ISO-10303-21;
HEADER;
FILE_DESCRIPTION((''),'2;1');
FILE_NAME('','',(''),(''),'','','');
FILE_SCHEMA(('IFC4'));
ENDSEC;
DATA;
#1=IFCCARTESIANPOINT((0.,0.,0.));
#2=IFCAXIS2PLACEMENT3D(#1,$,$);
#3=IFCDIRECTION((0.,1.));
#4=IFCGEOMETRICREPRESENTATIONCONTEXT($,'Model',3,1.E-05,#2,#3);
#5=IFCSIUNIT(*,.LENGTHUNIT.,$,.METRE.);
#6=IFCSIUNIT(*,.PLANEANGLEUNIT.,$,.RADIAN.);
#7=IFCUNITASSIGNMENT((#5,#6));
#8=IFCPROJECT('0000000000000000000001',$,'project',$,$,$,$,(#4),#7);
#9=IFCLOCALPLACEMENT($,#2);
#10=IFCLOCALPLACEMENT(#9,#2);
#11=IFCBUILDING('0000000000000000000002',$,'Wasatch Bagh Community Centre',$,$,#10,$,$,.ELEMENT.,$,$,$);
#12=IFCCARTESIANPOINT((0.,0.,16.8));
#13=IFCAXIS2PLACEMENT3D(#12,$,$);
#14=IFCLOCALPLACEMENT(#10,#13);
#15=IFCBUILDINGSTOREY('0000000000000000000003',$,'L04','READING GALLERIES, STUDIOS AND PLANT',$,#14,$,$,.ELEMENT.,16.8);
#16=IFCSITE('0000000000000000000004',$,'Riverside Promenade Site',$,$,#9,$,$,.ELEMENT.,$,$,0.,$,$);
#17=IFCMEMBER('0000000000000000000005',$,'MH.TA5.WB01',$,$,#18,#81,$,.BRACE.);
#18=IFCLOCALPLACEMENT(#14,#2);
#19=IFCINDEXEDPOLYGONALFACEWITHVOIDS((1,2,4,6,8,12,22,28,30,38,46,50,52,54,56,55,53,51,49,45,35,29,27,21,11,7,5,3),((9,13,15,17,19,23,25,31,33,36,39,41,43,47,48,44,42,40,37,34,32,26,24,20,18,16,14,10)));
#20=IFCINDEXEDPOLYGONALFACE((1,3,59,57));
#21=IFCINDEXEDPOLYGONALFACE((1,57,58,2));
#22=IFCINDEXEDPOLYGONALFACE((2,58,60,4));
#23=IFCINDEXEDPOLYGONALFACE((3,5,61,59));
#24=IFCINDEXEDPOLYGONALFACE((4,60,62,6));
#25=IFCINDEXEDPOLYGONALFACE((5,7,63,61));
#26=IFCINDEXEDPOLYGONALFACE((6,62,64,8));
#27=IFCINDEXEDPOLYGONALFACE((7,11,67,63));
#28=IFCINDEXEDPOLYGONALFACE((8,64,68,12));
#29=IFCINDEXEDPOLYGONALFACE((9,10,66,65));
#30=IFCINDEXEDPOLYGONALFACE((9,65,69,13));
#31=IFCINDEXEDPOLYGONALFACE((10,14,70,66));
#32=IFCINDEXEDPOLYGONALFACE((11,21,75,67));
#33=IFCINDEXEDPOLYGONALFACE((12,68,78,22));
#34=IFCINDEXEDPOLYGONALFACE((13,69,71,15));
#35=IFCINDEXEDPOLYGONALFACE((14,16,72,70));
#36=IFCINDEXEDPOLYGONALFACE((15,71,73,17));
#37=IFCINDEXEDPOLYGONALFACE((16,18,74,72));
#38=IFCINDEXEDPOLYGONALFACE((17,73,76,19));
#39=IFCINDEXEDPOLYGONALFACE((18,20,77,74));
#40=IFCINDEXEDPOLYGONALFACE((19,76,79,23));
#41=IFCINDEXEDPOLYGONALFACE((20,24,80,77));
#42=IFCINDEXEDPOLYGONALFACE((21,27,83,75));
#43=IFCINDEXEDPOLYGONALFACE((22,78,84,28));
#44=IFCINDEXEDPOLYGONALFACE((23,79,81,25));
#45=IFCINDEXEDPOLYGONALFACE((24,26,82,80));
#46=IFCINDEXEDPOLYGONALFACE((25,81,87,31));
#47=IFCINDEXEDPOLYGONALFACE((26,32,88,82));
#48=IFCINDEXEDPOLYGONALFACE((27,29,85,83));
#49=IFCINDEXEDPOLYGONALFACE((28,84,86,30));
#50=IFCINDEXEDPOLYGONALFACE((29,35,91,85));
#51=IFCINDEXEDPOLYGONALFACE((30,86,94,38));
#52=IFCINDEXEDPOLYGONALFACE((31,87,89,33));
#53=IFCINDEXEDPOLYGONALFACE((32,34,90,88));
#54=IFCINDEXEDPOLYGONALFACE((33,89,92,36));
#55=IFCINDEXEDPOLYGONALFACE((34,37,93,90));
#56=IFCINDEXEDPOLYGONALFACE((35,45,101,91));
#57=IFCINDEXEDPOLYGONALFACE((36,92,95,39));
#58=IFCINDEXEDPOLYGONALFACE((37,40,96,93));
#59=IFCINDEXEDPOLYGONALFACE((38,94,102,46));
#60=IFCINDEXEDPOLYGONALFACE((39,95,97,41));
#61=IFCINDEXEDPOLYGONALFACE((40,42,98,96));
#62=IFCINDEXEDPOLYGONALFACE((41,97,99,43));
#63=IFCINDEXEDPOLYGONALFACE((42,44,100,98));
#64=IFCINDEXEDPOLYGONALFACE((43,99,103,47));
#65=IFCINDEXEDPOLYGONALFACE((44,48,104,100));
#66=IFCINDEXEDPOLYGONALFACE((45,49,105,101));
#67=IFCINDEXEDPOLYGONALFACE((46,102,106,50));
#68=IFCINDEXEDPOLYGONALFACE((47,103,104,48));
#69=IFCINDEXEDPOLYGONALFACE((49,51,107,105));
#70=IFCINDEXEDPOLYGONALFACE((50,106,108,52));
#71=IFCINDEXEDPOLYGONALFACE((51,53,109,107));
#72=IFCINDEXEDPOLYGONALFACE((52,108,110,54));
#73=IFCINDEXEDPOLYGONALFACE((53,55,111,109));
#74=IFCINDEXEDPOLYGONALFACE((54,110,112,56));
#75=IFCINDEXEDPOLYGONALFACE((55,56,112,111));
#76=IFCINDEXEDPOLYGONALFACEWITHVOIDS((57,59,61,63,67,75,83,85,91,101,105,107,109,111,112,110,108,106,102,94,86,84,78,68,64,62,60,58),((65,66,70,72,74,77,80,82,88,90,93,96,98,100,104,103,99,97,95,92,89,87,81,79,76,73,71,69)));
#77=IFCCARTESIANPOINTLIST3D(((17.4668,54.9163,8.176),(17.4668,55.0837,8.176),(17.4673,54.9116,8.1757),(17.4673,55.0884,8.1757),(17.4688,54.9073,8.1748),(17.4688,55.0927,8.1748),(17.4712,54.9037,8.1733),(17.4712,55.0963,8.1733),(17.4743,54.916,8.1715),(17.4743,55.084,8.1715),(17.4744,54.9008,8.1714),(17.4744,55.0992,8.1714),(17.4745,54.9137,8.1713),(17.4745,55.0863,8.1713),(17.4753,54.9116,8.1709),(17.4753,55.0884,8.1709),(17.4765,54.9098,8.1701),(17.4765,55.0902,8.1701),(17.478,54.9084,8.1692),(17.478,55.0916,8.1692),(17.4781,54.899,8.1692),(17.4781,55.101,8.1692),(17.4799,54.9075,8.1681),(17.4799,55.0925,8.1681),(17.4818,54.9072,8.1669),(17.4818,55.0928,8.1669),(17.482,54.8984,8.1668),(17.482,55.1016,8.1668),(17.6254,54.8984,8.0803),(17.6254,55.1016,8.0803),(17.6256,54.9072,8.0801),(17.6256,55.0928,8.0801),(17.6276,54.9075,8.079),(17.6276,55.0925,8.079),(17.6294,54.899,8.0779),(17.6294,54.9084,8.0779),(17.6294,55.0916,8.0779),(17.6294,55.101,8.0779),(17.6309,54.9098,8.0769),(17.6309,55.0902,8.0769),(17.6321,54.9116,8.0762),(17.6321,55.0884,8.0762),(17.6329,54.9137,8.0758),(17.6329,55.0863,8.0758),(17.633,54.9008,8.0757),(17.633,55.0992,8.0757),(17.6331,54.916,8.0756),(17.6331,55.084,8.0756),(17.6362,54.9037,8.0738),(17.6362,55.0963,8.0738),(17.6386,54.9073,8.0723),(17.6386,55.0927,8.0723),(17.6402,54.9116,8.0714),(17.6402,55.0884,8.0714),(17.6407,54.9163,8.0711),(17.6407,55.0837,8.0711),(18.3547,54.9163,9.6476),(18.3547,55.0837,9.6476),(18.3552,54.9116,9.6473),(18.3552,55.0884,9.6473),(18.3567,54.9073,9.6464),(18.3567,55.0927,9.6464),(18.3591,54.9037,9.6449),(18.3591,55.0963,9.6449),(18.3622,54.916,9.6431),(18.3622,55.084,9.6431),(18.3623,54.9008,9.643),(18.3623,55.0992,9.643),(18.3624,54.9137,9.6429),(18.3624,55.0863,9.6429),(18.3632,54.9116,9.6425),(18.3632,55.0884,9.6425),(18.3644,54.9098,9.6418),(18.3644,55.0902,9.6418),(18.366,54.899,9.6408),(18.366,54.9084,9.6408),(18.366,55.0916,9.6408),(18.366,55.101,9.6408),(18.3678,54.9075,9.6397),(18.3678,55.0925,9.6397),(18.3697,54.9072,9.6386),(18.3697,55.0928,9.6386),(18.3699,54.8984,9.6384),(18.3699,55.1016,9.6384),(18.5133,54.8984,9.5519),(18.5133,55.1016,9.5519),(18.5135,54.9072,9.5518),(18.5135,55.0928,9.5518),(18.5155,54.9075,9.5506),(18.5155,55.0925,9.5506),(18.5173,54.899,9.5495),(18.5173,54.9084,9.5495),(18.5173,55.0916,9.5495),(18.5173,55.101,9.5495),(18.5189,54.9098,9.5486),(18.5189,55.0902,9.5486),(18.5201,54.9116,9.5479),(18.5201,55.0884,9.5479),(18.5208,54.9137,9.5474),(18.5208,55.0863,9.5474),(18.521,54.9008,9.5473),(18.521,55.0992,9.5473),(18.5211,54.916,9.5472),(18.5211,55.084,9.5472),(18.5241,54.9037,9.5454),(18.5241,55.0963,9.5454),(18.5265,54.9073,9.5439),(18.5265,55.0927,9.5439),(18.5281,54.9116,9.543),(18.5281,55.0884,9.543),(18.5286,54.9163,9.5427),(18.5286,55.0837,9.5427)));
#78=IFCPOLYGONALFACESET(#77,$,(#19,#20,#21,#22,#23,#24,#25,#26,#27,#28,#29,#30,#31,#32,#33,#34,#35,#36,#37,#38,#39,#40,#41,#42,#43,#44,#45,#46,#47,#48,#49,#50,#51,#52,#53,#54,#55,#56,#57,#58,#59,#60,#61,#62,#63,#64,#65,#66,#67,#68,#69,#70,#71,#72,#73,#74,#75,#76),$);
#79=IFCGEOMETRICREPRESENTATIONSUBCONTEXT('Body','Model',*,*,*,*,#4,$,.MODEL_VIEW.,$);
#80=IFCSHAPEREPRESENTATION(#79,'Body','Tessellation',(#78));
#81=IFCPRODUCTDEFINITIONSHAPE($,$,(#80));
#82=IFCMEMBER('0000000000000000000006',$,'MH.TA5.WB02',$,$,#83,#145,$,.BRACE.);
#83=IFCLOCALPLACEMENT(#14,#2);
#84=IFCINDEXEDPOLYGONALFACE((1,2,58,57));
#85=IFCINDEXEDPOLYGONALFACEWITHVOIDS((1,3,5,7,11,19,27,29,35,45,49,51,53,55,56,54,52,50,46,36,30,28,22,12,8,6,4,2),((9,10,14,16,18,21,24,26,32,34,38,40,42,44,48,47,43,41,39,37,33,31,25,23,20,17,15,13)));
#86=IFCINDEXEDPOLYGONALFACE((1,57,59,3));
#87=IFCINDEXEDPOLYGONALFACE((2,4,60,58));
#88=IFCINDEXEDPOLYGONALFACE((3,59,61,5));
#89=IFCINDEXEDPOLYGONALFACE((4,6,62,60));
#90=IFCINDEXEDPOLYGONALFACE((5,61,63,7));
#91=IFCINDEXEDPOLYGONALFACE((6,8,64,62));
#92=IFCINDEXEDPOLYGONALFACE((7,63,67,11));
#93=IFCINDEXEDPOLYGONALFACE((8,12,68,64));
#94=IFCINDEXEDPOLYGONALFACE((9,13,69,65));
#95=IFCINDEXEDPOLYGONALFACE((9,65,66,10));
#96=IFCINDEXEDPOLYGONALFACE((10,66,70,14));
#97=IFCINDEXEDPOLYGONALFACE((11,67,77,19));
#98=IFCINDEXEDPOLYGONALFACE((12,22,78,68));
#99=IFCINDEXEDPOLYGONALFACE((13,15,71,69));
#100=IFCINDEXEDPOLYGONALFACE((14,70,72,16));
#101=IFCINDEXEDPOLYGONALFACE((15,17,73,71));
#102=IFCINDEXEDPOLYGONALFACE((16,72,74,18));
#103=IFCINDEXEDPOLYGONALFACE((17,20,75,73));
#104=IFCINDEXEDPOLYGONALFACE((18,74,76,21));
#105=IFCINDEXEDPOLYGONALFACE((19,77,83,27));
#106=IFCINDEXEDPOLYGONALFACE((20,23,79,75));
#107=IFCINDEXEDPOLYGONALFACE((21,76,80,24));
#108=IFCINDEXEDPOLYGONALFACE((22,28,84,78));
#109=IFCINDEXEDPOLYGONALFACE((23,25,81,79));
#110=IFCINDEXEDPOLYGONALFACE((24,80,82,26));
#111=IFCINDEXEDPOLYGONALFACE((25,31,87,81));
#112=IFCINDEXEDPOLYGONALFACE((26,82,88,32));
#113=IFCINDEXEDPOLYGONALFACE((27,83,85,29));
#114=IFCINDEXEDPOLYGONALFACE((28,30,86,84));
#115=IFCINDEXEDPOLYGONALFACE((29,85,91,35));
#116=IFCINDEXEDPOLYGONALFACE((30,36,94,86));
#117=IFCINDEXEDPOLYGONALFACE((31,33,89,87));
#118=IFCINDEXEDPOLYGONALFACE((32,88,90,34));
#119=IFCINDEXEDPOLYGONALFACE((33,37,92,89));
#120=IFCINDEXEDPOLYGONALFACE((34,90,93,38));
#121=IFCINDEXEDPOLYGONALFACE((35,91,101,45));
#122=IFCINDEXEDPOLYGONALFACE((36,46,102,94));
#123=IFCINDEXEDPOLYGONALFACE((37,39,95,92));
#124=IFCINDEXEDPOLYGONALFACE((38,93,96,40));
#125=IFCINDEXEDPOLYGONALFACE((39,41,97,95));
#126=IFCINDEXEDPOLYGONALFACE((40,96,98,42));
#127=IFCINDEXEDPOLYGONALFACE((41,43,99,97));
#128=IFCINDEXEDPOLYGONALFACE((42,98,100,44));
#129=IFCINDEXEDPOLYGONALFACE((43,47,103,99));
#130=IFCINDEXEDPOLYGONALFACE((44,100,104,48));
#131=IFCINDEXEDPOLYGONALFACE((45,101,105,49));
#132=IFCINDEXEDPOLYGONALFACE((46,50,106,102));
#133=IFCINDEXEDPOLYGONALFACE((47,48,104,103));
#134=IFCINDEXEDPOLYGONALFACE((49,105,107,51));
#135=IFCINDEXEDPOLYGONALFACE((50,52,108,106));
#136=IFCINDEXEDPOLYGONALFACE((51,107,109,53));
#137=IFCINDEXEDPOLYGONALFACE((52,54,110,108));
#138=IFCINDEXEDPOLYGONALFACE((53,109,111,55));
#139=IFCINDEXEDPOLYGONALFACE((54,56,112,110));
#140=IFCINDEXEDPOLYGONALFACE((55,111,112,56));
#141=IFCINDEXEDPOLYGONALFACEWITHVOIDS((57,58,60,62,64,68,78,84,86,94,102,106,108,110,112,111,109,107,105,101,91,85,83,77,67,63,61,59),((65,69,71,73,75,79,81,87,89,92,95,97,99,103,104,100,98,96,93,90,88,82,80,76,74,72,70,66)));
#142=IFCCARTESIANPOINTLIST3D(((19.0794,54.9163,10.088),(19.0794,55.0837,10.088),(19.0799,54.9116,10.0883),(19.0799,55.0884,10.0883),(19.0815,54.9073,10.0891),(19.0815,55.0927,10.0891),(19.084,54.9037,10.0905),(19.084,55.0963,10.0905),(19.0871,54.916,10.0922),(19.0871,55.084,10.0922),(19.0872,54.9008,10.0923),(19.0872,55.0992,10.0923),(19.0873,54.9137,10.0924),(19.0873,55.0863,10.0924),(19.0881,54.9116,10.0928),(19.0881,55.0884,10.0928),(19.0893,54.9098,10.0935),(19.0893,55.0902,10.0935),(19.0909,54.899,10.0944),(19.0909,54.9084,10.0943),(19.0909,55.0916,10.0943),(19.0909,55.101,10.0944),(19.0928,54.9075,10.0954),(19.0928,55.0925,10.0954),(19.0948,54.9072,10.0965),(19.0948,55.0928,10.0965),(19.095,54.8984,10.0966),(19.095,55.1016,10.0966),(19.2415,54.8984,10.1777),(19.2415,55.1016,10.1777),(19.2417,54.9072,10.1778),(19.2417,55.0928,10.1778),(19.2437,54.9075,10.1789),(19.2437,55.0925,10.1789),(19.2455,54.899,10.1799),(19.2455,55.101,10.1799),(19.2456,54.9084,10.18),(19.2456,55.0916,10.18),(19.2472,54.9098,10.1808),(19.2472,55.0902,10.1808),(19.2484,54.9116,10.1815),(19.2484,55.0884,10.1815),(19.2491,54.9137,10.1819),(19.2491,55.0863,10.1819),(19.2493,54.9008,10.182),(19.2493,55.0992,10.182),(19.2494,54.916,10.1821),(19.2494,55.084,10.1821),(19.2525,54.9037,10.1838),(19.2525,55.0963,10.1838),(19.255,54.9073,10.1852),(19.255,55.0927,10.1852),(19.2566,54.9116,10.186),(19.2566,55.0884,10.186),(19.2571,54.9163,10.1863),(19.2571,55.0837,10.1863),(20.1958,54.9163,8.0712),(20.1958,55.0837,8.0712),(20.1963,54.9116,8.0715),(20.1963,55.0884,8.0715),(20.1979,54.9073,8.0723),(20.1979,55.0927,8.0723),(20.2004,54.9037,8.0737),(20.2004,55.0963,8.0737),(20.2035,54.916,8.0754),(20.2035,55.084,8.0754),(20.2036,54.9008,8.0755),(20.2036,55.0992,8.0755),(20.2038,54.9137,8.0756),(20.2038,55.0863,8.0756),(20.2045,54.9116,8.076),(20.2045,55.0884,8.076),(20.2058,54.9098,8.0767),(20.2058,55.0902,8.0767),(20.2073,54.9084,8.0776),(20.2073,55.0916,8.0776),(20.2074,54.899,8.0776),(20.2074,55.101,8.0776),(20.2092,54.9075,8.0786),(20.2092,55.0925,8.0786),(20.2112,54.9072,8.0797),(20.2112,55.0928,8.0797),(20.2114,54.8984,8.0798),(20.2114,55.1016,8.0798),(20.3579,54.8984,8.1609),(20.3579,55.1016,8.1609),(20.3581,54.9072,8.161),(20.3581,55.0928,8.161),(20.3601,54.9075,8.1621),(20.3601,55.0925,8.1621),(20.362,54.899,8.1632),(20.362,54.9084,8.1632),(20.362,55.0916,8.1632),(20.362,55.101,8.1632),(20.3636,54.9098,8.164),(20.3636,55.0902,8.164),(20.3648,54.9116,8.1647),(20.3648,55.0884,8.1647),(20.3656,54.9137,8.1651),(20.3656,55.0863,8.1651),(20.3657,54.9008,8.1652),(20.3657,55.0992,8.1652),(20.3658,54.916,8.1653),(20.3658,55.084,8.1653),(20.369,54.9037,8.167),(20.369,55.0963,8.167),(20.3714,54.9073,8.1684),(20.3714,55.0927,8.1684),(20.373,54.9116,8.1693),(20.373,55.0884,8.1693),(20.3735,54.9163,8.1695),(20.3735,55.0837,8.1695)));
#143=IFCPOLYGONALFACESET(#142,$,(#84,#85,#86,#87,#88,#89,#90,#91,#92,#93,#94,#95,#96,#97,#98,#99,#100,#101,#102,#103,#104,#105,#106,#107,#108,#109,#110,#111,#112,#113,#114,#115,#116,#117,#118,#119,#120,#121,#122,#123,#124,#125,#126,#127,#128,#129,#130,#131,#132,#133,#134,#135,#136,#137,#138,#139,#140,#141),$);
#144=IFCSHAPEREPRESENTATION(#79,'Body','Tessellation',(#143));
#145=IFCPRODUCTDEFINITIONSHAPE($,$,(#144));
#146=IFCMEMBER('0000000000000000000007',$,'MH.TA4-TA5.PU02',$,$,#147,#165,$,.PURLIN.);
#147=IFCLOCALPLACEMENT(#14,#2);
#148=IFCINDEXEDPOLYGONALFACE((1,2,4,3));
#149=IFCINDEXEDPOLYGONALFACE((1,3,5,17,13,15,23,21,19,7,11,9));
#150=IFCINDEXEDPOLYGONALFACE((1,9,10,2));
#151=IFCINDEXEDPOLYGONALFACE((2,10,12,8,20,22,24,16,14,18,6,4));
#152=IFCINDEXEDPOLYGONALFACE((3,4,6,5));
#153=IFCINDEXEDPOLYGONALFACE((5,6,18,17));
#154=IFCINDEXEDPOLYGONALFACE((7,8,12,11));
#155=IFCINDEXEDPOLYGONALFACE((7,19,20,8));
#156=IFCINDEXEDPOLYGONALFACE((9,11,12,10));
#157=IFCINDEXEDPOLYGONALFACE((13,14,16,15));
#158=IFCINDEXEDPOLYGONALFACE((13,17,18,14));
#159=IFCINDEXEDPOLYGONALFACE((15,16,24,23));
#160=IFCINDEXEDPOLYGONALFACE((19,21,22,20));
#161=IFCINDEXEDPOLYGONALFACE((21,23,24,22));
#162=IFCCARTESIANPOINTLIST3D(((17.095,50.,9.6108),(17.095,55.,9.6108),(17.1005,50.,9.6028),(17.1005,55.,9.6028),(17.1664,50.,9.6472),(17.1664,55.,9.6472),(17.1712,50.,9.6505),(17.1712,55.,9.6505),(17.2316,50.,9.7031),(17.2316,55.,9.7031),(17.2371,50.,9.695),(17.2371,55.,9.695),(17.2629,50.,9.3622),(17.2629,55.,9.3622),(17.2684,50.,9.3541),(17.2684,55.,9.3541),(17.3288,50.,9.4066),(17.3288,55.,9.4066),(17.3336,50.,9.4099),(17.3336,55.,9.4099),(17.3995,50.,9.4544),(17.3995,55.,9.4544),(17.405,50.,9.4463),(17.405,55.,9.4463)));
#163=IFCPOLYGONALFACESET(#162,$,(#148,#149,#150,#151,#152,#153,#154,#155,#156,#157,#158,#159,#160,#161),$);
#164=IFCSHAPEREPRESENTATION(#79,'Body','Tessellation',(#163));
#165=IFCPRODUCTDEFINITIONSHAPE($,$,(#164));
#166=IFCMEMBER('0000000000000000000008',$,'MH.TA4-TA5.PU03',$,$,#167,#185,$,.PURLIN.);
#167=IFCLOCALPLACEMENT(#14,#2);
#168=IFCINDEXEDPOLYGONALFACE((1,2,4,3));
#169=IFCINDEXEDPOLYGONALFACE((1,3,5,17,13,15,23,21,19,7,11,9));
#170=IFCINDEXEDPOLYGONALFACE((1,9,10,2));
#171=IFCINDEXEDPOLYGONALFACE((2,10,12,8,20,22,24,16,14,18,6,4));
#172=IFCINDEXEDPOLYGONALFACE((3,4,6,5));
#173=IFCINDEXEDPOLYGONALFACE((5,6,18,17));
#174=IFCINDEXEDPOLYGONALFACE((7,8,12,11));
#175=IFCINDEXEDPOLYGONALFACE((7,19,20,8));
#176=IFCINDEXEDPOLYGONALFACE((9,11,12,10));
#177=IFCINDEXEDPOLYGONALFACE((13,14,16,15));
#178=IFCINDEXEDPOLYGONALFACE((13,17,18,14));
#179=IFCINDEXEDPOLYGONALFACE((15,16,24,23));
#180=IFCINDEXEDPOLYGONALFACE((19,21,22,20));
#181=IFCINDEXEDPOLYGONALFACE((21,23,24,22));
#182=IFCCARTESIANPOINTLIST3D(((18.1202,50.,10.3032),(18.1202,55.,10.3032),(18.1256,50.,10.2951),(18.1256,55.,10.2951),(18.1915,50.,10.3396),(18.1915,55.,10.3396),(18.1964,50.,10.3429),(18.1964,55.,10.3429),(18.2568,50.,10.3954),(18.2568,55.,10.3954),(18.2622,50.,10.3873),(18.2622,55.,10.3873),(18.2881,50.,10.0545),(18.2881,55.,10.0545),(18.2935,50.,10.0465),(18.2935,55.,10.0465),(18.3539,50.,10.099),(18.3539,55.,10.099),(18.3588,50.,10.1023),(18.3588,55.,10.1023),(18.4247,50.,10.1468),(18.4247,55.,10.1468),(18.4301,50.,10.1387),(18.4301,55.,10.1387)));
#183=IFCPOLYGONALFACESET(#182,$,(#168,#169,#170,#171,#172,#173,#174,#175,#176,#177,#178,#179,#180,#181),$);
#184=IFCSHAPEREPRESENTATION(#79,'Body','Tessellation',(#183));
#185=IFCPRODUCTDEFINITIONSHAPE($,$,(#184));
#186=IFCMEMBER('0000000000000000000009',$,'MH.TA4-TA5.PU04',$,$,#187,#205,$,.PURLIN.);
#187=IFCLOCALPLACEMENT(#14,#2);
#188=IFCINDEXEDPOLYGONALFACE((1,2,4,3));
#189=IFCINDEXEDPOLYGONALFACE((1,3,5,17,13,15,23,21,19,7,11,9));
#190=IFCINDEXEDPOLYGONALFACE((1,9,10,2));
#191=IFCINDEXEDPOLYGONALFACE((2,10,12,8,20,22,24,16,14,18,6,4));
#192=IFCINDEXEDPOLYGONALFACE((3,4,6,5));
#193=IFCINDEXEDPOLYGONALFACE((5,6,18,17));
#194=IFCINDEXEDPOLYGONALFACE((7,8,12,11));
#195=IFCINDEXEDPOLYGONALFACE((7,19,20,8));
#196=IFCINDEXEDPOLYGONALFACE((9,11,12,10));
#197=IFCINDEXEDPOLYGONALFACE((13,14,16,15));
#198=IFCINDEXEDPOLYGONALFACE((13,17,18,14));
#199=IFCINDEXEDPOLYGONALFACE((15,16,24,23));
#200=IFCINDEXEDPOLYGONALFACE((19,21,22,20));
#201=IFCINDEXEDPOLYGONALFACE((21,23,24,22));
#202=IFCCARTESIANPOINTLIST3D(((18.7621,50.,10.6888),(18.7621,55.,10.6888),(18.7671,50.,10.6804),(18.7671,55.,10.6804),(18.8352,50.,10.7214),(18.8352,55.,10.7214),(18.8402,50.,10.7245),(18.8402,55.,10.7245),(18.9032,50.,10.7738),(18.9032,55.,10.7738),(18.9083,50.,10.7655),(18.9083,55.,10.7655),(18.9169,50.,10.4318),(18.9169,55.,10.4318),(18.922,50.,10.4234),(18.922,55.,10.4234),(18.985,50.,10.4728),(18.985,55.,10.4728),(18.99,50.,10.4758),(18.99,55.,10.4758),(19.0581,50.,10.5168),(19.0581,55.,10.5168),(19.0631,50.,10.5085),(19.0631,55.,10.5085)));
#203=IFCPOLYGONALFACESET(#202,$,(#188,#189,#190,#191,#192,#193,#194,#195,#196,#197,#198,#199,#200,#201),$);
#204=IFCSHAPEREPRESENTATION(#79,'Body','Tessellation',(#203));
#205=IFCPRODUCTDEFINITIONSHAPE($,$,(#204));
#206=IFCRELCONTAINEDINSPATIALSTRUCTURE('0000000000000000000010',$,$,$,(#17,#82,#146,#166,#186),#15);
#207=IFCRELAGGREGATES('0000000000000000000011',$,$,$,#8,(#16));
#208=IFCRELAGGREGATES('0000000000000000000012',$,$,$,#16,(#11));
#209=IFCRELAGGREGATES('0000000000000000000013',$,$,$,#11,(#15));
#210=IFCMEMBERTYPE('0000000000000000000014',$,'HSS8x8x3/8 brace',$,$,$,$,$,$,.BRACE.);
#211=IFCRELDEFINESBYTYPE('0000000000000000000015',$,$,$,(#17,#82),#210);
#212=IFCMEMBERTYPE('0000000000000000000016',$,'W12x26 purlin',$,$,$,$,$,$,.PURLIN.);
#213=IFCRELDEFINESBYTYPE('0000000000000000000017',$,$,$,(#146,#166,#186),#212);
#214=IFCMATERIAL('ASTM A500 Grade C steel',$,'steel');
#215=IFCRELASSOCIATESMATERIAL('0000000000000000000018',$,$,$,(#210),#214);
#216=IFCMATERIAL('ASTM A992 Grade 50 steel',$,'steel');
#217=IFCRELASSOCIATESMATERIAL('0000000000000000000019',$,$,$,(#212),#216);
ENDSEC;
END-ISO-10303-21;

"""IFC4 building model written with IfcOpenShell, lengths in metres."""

from ifc_helpers import new_model, si_unit, direction, frame, origin, origin_2d, place, context, subcontext, project, spatial, hollow_rectangle, i_section, extrude, material, material_profile, profile_set, type_object, element, save


model = new_model("IFC4")

# Units and contexts
model_context = context("Model", 3, precision=1e-05, world=origin(), true_north=direction((0.0, 1.0)))
body_context = subcontext(model_context, "Body", "Model", "MODEL_VIEW")
ifc_project = project(units=[si_unit("LENGTHUNIT", "METRE"), si_unit("PLANEANGLEUNIT", "RADIAN")], contexts=[model_context])

# Site, building, storey
site_placement = place(None, origin())
site = spatial("IfcSite", under=ifc_project, at=site_placement, Name="Riverside Promenade Site", CompositionType="ELEMENT", RefElevation=0.0)
building_placement = place(site_placement, origin())
building = spatial("IfcBuilding", under=site, at=building_placement, Name="Wasatch Bagh Community Centre", CompositionType="ELEMENT")
storey_placement = place(building_placement, frame((0.0, 0.0, 16.8)))
storey = spatial("IfcBuildingStorey", under=building, at=storey_placement, Name="L04", Description="READING GALLERIES, STUDIOS AND PLANT", CompositionType="ELEMENT", Elevation=16.8)

# Members
ifc_material_1 = material(Name="ASTM A500 Grade C steel", Category="steel")
ifc_material_profile_1 = material_profile(ifc_material_1, hollow_rectangle(XDim=0.2031, YDim=0.2031, WallThickness=0.0088, InnerFilletRadius=0.0088, OuterFilletRadius=0.0178, at=origin_2d()), Name="HSS8x8x3/8")
ifc_profile_set_1 = profile_set([ifc_material_profile_1], Name="ASTM A500 Grade C steel")
member_type_1 = type_object("IfcMemberType", Name="HSS8x8x3/8 brace", PredefinedType="BRACE", material=ifc_profile_set_1)
member_1_placement = place(storey_placement, frame((17.5537, 55.0, 8.1235), z_axis=(0.516604, 0.0, 0.856224), x_axis=(0.0, 1.0, 0.0)))
element("IfcMember", 1, at=member_1_placement, inside=storey, type_object=member_type_1, Name="MH.TA5.WB01", PredefinedType="BRACE", context=body_context, shape_type="SweptSolid", body=[
    extrude(hollow_rectangle(XDim=0.2031, YDim=0.2031, WallThickness=0.0088, InnerFilletRadius=0.0088, OuterFilletRadius=0.0178, at=origin_2d()), origin(), (0.0, 0.0, 1.0), 1.7188),
])
member_2_placement = place(storey_placement, frame((20.2847, 55.0, 8.1204), z_axis=(-0.484312, 0.0, 0.874896), x_axis=(0.0, -1.0, 0.0)))
element("IfcMember", 2, at=member_2_placement, inside=storey, type_object=member_type_1, Name="MH.TA5.WB02", PredefinedType="BRACE", context=body_context, shape_type="SweptSolid", body=[
    extrude(hollow_rectangle(XDim=0.2031, YDim=0.2031, WallThickness=0.0088, InnerFilletRadius=0.0088, OuterFilletRadius=0.0178, at=origin_2d()), origin(), (0.0, 0.0, 1.0), 2.3052),
])
ifc_material_2 = material(Name="ASTM A992 Grade 50 steel", Category="steel")
ifc_material_profile_2 = material_profile(ifc_material_2, i_section(OverallWidth=0.1648, OverallDepth=0.3098, WebThickness=0.0059, FlangeThickness=0.0098, at=origin_2d()), Name="W12x26")
ifc_profile_set_2 = profile_set([ifc_material_profile_2], Name="ASTM A992 Grade 50 steel")
member_type_2 = type_object("IfcMemberType", Name="W12x26 purlin", PredefinedType="PURLIN", material=ifc_profile_set_2)
for number, where, z_axis, x_axis, name in (
    (3, (17.25, 50.0, 9.5286), (0.0, 1.0, 0.0), (-0.828791, 0.0, -0.559559), "MH.TA4-TA5.PU02"),
    (4, (18.2751, 50.0, 10.2209), (0.0, 1.0, 0.0), (-0.828791, 0.0, -0.559559), "MH.TA4-TA5.PU03"),
    (5, (18.9126, 50.0, 10.5986), (0.0, 1.0, 0.0), (-0.856568, 0.0, -0.516034), "MH.TA4-TA5.PU04"),
):
    element("IfcMember", number, at=place(storey_placement, frame(where, z_axis=z_axis, x_axis=x_axis)), inside=storey, type_object=member_type_2, Name=name, PredefinedType="PURLIN", context=body_context, shape_type="SweptSolid", body=[
        extrude(i_section(OverallWidth=0.1648, OverallDepth=0.3098, WebThickness=0.0059, FlangeThickness=0.0098, at=origin_2d()), origin(), (0.0, 0.0, 1.0), 5.0),
    ])

save(model, "model.ifc")
